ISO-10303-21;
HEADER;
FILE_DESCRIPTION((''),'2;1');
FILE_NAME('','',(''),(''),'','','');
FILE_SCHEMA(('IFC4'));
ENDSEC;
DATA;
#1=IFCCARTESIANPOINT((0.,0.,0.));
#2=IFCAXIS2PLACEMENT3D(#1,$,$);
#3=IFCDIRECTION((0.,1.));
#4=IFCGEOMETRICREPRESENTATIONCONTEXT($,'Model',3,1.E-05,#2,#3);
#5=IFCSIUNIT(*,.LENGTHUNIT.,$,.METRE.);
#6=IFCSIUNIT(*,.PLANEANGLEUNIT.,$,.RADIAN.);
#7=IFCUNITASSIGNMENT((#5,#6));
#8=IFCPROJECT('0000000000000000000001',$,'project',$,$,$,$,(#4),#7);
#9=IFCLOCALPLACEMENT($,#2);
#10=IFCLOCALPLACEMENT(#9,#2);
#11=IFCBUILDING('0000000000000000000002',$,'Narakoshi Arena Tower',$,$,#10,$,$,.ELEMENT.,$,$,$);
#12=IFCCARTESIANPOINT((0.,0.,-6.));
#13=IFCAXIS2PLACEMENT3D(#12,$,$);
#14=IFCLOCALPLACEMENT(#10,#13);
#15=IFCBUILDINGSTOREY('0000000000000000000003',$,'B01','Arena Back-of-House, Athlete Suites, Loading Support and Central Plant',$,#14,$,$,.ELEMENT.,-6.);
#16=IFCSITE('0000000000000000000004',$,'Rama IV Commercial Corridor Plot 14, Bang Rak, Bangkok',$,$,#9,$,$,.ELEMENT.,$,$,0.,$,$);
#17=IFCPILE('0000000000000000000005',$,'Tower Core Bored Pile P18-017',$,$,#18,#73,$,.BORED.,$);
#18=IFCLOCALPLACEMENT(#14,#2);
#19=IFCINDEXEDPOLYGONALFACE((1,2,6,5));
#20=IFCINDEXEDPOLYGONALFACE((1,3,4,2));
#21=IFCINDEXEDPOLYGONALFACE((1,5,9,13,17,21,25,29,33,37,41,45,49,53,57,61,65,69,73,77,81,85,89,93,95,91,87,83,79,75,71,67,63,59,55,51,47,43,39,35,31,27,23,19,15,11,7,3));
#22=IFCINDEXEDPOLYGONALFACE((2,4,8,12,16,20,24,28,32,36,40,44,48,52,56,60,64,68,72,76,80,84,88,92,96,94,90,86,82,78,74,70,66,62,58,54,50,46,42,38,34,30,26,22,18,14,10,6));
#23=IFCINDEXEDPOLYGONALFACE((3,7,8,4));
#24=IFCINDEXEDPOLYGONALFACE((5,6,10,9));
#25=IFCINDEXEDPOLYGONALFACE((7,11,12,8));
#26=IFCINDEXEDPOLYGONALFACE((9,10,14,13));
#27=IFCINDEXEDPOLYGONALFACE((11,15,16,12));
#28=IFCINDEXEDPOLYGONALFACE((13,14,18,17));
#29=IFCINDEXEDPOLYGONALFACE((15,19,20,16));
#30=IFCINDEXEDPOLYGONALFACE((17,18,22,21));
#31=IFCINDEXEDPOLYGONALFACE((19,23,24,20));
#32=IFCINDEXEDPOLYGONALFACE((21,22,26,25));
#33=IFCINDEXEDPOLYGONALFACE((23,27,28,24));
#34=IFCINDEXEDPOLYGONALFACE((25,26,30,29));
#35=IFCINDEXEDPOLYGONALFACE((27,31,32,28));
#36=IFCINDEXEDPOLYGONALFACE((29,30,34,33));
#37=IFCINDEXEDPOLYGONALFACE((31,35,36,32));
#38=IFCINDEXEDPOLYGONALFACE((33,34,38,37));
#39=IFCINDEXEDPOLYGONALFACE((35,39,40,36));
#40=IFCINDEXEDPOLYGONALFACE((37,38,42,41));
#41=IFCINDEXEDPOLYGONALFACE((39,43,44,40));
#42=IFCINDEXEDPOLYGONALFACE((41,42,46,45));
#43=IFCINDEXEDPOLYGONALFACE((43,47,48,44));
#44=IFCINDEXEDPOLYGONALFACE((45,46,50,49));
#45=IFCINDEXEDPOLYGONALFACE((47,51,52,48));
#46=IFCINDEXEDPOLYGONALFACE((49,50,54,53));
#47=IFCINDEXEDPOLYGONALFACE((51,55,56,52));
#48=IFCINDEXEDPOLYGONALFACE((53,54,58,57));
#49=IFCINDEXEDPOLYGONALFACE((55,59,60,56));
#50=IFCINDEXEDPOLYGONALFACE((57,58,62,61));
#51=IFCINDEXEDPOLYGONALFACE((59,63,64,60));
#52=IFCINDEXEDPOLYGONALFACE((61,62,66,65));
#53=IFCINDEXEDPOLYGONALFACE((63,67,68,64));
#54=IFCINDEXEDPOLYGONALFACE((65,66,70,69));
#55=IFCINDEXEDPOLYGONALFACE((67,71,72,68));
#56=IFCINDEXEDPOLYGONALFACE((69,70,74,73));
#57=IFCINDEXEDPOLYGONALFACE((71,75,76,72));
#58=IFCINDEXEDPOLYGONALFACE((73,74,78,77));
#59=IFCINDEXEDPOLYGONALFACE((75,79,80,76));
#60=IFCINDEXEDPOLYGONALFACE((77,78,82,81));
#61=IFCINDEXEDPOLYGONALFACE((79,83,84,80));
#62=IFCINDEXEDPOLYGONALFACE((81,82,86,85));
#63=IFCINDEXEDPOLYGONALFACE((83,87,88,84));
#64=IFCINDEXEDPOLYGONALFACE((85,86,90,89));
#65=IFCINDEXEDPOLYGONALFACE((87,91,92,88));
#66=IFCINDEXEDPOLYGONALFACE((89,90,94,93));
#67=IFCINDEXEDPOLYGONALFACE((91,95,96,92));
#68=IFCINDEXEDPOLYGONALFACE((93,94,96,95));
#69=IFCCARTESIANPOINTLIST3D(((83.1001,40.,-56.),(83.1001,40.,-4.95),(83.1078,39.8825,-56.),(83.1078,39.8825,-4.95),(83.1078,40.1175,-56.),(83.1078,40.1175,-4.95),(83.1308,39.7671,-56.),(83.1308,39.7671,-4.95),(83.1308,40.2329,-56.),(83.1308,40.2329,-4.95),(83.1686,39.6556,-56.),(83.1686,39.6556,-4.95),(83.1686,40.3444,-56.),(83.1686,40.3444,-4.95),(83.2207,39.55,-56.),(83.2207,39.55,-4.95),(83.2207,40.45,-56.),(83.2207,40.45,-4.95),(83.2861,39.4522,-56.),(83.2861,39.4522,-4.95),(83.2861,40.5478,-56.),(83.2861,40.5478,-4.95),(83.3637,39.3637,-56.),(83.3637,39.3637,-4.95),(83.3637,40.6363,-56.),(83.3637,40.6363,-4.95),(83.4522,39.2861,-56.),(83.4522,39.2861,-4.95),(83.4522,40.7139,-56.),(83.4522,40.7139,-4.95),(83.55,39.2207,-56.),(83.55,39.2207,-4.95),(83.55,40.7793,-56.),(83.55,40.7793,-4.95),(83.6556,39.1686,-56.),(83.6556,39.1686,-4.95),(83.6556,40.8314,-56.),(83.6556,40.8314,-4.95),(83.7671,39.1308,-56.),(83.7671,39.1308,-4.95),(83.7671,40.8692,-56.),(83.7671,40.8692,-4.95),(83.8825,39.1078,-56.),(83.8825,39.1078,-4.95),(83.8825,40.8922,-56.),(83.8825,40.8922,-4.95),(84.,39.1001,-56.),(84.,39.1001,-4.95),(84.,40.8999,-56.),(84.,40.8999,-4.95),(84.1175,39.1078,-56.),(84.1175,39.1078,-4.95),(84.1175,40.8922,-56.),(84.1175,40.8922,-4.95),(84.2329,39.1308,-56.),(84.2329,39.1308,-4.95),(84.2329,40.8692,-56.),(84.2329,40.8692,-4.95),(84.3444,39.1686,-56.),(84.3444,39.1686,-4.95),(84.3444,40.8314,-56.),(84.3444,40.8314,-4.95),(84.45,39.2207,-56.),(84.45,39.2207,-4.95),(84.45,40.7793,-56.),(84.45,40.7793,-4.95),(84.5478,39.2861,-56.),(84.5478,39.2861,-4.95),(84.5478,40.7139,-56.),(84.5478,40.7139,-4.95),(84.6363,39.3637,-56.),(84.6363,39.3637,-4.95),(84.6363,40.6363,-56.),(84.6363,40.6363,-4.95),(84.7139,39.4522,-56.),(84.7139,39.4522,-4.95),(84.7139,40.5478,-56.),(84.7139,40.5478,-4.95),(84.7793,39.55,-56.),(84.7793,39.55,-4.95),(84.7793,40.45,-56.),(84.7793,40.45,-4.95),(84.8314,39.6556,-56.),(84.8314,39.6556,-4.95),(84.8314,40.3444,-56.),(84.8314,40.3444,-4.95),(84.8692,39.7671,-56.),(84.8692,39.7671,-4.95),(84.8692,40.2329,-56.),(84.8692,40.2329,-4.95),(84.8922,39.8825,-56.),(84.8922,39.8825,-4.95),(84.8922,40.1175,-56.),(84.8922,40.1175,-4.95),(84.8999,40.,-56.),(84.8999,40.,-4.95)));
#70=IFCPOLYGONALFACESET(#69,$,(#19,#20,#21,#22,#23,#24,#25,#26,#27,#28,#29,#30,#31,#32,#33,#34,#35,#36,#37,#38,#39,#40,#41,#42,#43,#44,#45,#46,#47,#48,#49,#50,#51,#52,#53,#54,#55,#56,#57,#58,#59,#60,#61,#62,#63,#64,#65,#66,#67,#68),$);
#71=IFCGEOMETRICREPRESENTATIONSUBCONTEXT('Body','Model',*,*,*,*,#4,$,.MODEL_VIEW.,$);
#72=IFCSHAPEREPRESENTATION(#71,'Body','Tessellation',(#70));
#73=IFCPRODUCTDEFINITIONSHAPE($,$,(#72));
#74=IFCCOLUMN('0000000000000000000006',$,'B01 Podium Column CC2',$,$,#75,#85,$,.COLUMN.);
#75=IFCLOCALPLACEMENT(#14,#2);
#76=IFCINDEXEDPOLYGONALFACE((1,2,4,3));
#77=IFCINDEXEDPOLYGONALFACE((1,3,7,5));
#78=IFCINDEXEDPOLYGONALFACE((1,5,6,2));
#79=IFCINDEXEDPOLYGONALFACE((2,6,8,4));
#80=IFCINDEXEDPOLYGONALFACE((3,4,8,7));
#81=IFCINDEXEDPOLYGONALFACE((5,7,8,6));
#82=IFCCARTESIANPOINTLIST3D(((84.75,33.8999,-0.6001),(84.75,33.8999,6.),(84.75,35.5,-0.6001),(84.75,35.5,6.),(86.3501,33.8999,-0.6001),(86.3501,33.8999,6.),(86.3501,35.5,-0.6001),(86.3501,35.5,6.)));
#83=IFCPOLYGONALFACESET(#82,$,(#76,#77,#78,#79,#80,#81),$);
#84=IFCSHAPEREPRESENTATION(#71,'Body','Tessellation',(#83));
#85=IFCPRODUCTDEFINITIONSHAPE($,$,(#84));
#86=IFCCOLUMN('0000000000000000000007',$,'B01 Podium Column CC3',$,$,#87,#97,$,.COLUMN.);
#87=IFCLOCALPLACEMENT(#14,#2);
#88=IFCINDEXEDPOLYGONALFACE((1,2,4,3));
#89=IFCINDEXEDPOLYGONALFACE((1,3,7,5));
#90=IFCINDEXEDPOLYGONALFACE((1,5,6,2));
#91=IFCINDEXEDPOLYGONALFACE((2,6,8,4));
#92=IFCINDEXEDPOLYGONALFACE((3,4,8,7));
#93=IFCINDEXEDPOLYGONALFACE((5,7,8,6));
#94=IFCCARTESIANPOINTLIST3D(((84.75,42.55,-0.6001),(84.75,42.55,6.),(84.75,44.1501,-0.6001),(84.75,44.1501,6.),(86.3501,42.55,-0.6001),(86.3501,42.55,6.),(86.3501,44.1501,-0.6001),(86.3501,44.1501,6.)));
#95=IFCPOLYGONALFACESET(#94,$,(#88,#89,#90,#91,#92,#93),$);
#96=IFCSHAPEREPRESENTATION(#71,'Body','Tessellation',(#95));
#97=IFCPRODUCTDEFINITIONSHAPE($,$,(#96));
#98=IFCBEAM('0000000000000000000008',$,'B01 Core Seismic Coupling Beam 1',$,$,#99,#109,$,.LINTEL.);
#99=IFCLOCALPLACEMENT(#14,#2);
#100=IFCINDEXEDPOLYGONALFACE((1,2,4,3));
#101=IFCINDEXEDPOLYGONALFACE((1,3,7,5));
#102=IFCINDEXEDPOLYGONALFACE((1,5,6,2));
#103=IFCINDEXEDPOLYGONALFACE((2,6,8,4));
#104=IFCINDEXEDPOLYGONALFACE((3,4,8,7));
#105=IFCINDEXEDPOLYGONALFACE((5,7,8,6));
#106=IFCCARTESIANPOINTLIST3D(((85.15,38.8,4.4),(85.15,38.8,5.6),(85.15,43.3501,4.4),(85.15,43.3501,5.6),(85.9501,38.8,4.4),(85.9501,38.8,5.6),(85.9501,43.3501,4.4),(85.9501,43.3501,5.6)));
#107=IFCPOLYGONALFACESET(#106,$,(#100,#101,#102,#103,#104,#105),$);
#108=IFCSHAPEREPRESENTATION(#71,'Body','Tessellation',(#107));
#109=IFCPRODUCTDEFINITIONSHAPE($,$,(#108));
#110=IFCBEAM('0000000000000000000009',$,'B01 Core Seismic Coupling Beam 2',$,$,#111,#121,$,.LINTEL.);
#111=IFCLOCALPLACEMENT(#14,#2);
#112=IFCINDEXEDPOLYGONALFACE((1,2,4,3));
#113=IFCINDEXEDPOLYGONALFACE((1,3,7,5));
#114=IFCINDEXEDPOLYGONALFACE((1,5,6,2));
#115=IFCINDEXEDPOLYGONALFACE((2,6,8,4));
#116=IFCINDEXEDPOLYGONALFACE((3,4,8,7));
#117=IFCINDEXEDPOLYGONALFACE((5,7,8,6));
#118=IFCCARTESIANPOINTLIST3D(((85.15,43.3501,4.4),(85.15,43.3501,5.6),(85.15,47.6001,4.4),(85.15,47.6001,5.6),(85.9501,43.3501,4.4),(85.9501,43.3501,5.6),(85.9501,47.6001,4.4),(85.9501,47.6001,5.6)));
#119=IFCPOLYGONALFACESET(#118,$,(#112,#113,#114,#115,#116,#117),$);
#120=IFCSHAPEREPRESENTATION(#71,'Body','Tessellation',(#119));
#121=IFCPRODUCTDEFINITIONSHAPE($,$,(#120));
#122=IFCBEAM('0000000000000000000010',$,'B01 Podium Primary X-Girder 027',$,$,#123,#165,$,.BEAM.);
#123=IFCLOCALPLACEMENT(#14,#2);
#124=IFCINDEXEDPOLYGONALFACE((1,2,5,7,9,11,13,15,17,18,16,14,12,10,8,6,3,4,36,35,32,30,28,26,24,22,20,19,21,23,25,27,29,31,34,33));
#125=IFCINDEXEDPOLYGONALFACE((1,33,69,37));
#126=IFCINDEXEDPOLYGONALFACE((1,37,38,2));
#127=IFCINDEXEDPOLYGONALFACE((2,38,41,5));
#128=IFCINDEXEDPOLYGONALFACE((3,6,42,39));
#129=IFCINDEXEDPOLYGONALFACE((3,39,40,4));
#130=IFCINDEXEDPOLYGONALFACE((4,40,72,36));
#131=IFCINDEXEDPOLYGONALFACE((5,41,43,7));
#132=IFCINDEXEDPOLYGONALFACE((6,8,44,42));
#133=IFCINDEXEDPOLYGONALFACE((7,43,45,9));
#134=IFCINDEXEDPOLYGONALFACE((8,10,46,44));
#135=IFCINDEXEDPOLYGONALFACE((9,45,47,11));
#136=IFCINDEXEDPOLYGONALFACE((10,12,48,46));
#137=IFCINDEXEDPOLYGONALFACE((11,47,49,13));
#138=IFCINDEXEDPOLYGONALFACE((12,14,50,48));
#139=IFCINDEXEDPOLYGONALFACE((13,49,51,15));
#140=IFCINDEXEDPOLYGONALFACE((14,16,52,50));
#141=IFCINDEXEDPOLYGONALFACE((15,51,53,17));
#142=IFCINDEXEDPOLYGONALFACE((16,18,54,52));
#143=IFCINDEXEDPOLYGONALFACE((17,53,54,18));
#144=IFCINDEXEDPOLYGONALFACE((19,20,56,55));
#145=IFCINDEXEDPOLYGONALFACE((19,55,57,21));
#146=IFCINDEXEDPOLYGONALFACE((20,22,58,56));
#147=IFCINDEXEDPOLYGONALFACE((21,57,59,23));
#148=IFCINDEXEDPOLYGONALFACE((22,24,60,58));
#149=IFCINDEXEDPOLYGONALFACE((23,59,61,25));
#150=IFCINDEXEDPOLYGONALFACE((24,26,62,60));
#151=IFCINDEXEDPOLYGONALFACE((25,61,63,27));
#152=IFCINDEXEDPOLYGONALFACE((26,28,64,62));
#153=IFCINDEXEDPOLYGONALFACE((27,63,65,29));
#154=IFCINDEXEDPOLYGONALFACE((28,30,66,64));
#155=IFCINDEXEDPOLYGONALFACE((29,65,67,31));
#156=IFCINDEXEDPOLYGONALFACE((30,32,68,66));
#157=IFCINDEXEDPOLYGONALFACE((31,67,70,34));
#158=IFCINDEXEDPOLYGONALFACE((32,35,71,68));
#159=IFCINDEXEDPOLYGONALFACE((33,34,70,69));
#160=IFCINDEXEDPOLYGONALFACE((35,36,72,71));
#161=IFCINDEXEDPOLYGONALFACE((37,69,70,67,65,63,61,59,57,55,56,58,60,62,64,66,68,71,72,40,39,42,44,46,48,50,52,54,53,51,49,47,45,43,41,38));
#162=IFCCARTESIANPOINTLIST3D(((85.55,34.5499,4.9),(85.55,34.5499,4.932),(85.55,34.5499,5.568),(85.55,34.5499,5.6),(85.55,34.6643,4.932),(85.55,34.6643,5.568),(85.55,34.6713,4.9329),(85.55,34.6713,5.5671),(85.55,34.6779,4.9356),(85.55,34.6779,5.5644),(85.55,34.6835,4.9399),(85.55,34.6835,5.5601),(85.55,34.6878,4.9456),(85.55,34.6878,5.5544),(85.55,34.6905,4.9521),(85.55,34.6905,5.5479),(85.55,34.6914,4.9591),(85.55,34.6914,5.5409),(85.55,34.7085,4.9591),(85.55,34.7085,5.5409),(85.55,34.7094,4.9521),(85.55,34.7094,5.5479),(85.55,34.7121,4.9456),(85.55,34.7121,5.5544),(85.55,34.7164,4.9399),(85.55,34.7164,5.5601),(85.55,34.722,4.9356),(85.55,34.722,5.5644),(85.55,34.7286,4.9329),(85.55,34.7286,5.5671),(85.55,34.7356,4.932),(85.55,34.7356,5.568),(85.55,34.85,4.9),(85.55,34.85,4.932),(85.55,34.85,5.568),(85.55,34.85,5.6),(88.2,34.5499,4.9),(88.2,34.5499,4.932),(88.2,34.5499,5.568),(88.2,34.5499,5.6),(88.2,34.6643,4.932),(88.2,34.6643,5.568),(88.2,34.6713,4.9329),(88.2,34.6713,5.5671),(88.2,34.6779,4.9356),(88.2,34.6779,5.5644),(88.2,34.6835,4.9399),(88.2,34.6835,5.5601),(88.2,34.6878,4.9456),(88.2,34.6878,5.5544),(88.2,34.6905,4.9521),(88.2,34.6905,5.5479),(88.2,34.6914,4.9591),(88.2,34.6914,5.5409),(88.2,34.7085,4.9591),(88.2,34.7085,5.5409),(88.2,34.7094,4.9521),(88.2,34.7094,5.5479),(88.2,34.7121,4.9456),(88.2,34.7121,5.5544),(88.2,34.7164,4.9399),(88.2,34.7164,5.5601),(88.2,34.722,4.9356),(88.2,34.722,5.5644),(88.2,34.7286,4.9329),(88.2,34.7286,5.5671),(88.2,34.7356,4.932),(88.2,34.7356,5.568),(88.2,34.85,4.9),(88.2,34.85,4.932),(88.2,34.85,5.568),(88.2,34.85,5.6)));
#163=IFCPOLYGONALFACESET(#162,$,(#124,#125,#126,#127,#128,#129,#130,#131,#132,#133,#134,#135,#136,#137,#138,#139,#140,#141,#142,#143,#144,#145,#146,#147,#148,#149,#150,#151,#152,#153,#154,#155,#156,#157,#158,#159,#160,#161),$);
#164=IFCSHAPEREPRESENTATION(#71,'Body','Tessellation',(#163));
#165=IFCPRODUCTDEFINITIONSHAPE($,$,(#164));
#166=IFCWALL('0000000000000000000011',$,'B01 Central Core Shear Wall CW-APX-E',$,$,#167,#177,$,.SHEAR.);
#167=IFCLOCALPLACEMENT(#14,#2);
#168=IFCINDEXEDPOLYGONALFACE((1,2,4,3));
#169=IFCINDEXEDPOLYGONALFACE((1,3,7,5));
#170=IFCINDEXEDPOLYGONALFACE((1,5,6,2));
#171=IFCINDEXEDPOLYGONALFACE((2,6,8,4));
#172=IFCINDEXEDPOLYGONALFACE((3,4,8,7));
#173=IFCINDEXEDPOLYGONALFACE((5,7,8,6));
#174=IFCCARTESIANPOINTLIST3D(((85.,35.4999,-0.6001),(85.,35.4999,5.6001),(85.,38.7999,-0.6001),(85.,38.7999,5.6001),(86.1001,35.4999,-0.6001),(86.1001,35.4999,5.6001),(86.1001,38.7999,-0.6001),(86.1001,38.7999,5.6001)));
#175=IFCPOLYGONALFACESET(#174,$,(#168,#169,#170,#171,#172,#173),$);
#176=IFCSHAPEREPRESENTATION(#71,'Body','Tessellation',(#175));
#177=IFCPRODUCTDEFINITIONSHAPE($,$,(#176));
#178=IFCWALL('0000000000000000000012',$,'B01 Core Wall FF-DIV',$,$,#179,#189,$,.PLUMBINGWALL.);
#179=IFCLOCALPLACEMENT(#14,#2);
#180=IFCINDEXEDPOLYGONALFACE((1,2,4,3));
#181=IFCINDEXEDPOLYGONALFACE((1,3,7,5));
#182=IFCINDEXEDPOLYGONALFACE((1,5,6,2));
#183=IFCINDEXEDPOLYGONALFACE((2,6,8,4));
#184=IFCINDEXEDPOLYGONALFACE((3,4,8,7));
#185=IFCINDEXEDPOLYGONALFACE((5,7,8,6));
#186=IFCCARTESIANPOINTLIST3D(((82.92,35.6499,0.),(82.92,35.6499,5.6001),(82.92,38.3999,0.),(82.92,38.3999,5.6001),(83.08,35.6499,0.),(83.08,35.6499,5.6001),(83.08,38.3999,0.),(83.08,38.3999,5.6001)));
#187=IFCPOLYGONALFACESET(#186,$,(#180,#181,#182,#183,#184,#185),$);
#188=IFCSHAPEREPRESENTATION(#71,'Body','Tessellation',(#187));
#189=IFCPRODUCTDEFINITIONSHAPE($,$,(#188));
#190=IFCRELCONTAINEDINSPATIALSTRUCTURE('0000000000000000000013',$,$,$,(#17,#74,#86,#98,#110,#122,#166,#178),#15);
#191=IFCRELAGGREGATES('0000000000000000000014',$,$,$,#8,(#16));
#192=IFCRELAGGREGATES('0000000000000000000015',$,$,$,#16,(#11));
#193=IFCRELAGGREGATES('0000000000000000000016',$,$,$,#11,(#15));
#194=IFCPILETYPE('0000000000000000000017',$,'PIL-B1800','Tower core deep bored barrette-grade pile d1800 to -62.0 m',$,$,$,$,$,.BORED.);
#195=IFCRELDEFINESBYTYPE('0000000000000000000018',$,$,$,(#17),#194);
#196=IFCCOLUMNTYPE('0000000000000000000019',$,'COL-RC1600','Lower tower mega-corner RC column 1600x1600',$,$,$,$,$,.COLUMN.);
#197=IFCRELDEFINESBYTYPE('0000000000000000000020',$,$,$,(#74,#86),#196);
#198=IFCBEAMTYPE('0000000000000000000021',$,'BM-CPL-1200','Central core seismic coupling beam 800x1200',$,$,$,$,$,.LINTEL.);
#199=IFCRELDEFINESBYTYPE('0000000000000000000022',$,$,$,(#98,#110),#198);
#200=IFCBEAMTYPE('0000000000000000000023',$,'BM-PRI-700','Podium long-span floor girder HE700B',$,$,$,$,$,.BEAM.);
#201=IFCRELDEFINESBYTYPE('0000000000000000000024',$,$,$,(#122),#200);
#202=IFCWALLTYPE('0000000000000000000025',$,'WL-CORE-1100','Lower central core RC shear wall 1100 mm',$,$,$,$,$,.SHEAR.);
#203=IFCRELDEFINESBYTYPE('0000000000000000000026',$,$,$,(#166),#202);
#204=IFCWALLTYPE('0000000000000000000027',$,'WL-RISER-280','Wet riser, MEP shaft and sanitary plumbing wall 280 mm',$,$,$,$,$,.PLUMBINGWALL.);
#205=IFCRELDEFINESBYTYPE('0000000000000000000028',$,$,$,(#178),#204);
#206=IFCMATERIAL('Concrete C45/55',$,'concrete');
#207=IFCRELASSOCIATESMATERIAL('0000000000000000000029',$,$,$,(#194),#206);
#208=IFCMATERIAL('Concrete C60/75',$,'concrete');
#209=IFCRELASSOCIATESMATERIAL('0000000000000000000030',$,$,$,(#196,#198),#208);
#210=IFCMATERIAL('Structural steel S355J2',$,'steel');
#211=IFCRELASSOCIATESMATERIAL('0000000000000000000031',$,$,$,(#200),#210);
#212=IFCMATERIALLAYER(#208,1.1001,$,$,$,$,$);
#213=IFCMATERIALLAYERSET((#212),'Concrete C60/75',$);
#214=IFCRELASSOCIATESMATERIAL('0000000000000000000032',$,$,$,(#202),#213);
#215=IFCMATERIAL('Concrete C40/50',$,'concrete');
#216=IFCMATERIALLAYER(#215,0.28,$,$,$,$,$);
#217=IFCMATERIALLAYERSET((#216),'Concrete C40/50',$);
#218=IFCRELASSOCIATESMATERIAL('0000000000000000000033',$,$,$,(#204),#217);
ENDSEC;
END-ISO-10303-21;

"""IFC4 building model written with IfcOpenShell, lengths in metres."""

from ifc_helpers import new_model, si_unit, direction, frame, frame_2d, origin, origin_2d, place, context, subcontext, project, spatial, rectangle, circle, i_section, extrude, material, layer, layer_set, material_profile, profile_set, type_object, element, save


model = new_model("IFC4")

# Units and contexts
model_context = context("Model", 3, precision=1e-05, world=origin(), true_north=direction((0.0, 1.0)))
body_context = subcontext(model_context, "Body", "Model", "MODEL_VIEW")
ifc_project = project(units=[si_unit("LENGTHUNIT", "METRE"), si_unit("PLANEANGLEUNIT", "RADIAN")], contexts=[model_context])

# Site, building, storey
site_placement = place(None, origin())
site = spatial("IfcSite", under=ifc_project, at=site_placement, Name="Rama IV Commercial Corridor Plot 14, Bang Rak, Bangkok", CompositionType="ELEMENT", RefElevation=0.0)
building_placement = place(site_placement, origin())
building = spatial("IfcBuilding", under=site, at=building_placement, Name="Narakoshi Arena Tower", CompositionType="ELEMENT")
storey_placement = place(building_placement, frame((0.0, 0.0, -6.0)))
storey = spatial("IfcBuildingStorey", under=building, at=storey_placement, Name="B01", Description="Arena Back-of-House, Athlete Suites, Loading Support and Central Plant", CompositionType="ELEMENT", Elevation=-6.0)

# Pile
ifc_material_1 = material(Name="Concrete C45/55", Category="concrete")
ifc_material_profile_1 = material_profile(ifc_material_1, circle(Radius=0.8999, at=origin_2d()), Name="PILE-D1800")
ifc_profile_set_1 = profile_set([ifc_material_profile_1], Name="Concrete C45/55")
pile_type = type_object("IfcPileType", Name="PIL-B1800", Description="Tower core deep bored barrette-grade pile d1800 to -62.0 m", PredefinedType="BORED", material=ifc_profile_set_1)
pile_placement = place(storey_placement, frame((84.0, 40.0, -4.95), z_axis=(0.0, 0.0, -1.0), x_axis=(1.0, 0.0, 0.0)))
element("IfcPile", 1, at=pile_placement, inside=storey, type_object=pile_type, Name="Tower Core Bored Pile P18-017", PredefinedType="BORED", context=body_context, shape_type="SweptSolid", body=[
    extrude(circle(Radius=0.8999, at=origin_2d()), origin(), (0.0, 0.0, 1.0), 51.05),
])

# Columns
ifc_material_2 = material(Name="Concrete C60/75", Category="concrete")
ifc_material_profile_2 = material_profile(ifc_material_2, rectangle(XDim=1.6001, YDim=1.6001, at=origin_2d()), Name="RC1600x1600")
ifc_profile_set_2 = profile_set([ifc_material_profile_2], Name="Concrete C60/75")
column_type = type_object("IfcColumnType", Name="COL-RC1600", Description="Lower tower mega-corner RC column 1600x1600", PredefinedType="COLUMN", material=ifc_profile_set_2)
for number, where, z_axis, x_axis, name in (
    (2, (85.55, 34.7, -0.6001), (0.0, 0.0, 1.0), (1.0, 0.0, 0.0), "B01 Podium Column CC2"),
    (3, (85.55, 43.3501, -0.6001), (0.0, 0.0, 1.0), (1.0, 0.0, 0.0), "B01 Podium Column CC3"),
):
    element("IfcColumn", number, at=place(storey_placement, frame(where, z_axis=z_axis, x_axis=x_axis)), inside=storey, type_object=column_type, Name=name, PredefinedType="COLUMN", context=body_context, shape_type="SweptSolid", body=[
        extrude(rectangle(XDim=1.6001, YDim=1.6001, at=origin_2d()), origin(), (0.0, 0.0, 1.0), 6.6001),
    ])

# Beams
ifc_material_profile_3 = material_profile(ifc_material_2, rectangle(XDim=0.8, YDim=1.2, at=origin_2d()), Name="RCB800x1200")
ifc_profile_set_3 = profile_set([ifc_material_profile_3], Name="Concrete C60/75")
beam_type_1 = type_object("IfcBeamType", Name="BM-CPL-1200", Description="Central core seismic coupling beam 800x1200", PredefinedType="LINTEL", material=ifc_profile_set_3)
beam_1_placement = place(storey_placement, frame((85.55, 38.8, 5.0), z_axis=(0.0, 1.0, 0.0), x_axis=(-1.0, 0.0, 0.0)))
element("IfcBeam", 4, at=beam_1_placement, inside=storey, type_object=beam_type_1, Name="B01 Core Seismic Coupling Beam 1", PredefinedType="LINTEL", context=body_context, shape_type="SweptSolid", body=[
    extrude(rectangle(XDim=0.8, YDim=1.2, at=origin_2d()), origin(), (0.0, 0.0, 1.0), 4.55),
])
beam_2_placement = place(storey_placement, frame((85.55, 43.3501, 5.0), z_axis=(0.0, 1.0, 0.0), x_axis=(-1.0, 0.0, 0.0)))
element("IfcBeam", 5, at=beam_2_placement, inside=storey, type_object=beam_type_1, Name="B01 Core Seismic Coupling Beam 2", PredefinedType="LINTEL", context=body_context, shape_type="SweptSolid", body=[
    extrude(rectangle(XDim=0.8, YDim=1.2, at=origin_2d()), origin(), (0.0, 0.0, 1.0), 4.25),
])
ifc_material_3 = material(Name="Structural steel S355J2", Category="steel")
ifc_material_profile_4 = material_profile(ifc_material_3, i_section(OverallWidth=0.3, OverallDepth=0.7, WebThickness=0.0171, FlangeThickness=0.032, FilletRadius=0.0271, at=origin_2d()), Name="HE700B")
ifc_profile_set_4 = profile_set([ifc_material_profile_4], Name="Structural steel S355J2")
beam_type_2 = type_object("IfcBeamType", Name="BM-PRI-700", Description="Podium long-span floor girder HE700B", PredefinedType="BEAM", material=ifc_profile_set_4)
beam_3_placement = place(storey_placement, frame((85.55, 34.7, 5.25), z_axis=(1.0, 0.0, 0.0), x_axis=(0.0, 1.0, 0.0)))
element("IfcBeam", 6, at=beam_3_placement, inside=storey, type_object=beam_type_2, Name="B01 Podium Primary X-Girder 027", PredefinedType="BEAM", context=body_context, shape_type="SweptSolid", body=[
    extrude(i_section(OverallWidth=0.3, OverallDepth=0.7, WebThickness=0.0171, FlangeThickness=0.032, FilletRadius=0.0271, at=origin_2d()), origin(), (0.0, 0.0, 1.0), 2.6499),
])

# Walls
ifc_layer_1 = layer(ifc_material_2, 1.1001)
ifc_layer_set_1 = layer_set([ifc_layer_1], Name="Concrete C60/75")
wall_type_1 = type_object("IfcWallType", Name="WL-CORE-1100", Description="Lower central core RC shear wall 1100 mm", PredefinedType="SHEAR", material=ifc_layer_set_1)
wall_1_placement = place(storey_placement, frame((85.55, 35.5, -0.6001), z_axis=(0.0, 0.0, 1.0), x_axis=(0.0, 1.0, 0.0)))
element("IfcWall", 7, at=wall_1_placement, inside=storey, type_object=wall_type_1, Name="B01 Central Core Shear Wall CW-APX-E", PredefinedType="SHEAR", context=body_context, shape_type="SweptSolid", body=[
    extrude(rectangle(XDim=3.3, YDim=1.1001, at=frame_2d((1.6499, 0.0))), origin(), (0.0, 0.0, 1.0), 6.2002),
])
ifc_material_4 = material(Name="Concrete C40/50", Category="concrete")
ifc_layer_2 = layer(ifc_material_4, 0.28)
ifc_layer_set_2 = layer_set([ifc_layer_2], Name="Concrete C40/50")
wall_type_2 = type_object("IfcWallType", Name="WL-RISER-280", Description="Wet riser, MEP shaft and sanitary plumbing wall 280 mm", PredefinedType="PLUMBINGWALL", material=ifc_layer_set_2)
wall_2_placement = place(storey_placement, frame((83.0, 35.6499, 0.0), z_axis=(0.0, 0.0, 1.0), x_axis=(0.0, 1.0, 0.0)))
element("IfcWall", 8, at=wall_2_placement, inside=storey, type_object=wall_type_2, Name="B01 Core Wall FF-DIV", PredefinedType="PLUMBINGWALL", context=body_context, shape_type="SweptSolid", body=[
    extrude(rectangle(XDim=2.75, YDim=0.1599, at=frame_2d((1.375, 0.0))), origin(), (0.0, 0.0, 1.0), 5.6001),
])

save(model, "model.ifc")
